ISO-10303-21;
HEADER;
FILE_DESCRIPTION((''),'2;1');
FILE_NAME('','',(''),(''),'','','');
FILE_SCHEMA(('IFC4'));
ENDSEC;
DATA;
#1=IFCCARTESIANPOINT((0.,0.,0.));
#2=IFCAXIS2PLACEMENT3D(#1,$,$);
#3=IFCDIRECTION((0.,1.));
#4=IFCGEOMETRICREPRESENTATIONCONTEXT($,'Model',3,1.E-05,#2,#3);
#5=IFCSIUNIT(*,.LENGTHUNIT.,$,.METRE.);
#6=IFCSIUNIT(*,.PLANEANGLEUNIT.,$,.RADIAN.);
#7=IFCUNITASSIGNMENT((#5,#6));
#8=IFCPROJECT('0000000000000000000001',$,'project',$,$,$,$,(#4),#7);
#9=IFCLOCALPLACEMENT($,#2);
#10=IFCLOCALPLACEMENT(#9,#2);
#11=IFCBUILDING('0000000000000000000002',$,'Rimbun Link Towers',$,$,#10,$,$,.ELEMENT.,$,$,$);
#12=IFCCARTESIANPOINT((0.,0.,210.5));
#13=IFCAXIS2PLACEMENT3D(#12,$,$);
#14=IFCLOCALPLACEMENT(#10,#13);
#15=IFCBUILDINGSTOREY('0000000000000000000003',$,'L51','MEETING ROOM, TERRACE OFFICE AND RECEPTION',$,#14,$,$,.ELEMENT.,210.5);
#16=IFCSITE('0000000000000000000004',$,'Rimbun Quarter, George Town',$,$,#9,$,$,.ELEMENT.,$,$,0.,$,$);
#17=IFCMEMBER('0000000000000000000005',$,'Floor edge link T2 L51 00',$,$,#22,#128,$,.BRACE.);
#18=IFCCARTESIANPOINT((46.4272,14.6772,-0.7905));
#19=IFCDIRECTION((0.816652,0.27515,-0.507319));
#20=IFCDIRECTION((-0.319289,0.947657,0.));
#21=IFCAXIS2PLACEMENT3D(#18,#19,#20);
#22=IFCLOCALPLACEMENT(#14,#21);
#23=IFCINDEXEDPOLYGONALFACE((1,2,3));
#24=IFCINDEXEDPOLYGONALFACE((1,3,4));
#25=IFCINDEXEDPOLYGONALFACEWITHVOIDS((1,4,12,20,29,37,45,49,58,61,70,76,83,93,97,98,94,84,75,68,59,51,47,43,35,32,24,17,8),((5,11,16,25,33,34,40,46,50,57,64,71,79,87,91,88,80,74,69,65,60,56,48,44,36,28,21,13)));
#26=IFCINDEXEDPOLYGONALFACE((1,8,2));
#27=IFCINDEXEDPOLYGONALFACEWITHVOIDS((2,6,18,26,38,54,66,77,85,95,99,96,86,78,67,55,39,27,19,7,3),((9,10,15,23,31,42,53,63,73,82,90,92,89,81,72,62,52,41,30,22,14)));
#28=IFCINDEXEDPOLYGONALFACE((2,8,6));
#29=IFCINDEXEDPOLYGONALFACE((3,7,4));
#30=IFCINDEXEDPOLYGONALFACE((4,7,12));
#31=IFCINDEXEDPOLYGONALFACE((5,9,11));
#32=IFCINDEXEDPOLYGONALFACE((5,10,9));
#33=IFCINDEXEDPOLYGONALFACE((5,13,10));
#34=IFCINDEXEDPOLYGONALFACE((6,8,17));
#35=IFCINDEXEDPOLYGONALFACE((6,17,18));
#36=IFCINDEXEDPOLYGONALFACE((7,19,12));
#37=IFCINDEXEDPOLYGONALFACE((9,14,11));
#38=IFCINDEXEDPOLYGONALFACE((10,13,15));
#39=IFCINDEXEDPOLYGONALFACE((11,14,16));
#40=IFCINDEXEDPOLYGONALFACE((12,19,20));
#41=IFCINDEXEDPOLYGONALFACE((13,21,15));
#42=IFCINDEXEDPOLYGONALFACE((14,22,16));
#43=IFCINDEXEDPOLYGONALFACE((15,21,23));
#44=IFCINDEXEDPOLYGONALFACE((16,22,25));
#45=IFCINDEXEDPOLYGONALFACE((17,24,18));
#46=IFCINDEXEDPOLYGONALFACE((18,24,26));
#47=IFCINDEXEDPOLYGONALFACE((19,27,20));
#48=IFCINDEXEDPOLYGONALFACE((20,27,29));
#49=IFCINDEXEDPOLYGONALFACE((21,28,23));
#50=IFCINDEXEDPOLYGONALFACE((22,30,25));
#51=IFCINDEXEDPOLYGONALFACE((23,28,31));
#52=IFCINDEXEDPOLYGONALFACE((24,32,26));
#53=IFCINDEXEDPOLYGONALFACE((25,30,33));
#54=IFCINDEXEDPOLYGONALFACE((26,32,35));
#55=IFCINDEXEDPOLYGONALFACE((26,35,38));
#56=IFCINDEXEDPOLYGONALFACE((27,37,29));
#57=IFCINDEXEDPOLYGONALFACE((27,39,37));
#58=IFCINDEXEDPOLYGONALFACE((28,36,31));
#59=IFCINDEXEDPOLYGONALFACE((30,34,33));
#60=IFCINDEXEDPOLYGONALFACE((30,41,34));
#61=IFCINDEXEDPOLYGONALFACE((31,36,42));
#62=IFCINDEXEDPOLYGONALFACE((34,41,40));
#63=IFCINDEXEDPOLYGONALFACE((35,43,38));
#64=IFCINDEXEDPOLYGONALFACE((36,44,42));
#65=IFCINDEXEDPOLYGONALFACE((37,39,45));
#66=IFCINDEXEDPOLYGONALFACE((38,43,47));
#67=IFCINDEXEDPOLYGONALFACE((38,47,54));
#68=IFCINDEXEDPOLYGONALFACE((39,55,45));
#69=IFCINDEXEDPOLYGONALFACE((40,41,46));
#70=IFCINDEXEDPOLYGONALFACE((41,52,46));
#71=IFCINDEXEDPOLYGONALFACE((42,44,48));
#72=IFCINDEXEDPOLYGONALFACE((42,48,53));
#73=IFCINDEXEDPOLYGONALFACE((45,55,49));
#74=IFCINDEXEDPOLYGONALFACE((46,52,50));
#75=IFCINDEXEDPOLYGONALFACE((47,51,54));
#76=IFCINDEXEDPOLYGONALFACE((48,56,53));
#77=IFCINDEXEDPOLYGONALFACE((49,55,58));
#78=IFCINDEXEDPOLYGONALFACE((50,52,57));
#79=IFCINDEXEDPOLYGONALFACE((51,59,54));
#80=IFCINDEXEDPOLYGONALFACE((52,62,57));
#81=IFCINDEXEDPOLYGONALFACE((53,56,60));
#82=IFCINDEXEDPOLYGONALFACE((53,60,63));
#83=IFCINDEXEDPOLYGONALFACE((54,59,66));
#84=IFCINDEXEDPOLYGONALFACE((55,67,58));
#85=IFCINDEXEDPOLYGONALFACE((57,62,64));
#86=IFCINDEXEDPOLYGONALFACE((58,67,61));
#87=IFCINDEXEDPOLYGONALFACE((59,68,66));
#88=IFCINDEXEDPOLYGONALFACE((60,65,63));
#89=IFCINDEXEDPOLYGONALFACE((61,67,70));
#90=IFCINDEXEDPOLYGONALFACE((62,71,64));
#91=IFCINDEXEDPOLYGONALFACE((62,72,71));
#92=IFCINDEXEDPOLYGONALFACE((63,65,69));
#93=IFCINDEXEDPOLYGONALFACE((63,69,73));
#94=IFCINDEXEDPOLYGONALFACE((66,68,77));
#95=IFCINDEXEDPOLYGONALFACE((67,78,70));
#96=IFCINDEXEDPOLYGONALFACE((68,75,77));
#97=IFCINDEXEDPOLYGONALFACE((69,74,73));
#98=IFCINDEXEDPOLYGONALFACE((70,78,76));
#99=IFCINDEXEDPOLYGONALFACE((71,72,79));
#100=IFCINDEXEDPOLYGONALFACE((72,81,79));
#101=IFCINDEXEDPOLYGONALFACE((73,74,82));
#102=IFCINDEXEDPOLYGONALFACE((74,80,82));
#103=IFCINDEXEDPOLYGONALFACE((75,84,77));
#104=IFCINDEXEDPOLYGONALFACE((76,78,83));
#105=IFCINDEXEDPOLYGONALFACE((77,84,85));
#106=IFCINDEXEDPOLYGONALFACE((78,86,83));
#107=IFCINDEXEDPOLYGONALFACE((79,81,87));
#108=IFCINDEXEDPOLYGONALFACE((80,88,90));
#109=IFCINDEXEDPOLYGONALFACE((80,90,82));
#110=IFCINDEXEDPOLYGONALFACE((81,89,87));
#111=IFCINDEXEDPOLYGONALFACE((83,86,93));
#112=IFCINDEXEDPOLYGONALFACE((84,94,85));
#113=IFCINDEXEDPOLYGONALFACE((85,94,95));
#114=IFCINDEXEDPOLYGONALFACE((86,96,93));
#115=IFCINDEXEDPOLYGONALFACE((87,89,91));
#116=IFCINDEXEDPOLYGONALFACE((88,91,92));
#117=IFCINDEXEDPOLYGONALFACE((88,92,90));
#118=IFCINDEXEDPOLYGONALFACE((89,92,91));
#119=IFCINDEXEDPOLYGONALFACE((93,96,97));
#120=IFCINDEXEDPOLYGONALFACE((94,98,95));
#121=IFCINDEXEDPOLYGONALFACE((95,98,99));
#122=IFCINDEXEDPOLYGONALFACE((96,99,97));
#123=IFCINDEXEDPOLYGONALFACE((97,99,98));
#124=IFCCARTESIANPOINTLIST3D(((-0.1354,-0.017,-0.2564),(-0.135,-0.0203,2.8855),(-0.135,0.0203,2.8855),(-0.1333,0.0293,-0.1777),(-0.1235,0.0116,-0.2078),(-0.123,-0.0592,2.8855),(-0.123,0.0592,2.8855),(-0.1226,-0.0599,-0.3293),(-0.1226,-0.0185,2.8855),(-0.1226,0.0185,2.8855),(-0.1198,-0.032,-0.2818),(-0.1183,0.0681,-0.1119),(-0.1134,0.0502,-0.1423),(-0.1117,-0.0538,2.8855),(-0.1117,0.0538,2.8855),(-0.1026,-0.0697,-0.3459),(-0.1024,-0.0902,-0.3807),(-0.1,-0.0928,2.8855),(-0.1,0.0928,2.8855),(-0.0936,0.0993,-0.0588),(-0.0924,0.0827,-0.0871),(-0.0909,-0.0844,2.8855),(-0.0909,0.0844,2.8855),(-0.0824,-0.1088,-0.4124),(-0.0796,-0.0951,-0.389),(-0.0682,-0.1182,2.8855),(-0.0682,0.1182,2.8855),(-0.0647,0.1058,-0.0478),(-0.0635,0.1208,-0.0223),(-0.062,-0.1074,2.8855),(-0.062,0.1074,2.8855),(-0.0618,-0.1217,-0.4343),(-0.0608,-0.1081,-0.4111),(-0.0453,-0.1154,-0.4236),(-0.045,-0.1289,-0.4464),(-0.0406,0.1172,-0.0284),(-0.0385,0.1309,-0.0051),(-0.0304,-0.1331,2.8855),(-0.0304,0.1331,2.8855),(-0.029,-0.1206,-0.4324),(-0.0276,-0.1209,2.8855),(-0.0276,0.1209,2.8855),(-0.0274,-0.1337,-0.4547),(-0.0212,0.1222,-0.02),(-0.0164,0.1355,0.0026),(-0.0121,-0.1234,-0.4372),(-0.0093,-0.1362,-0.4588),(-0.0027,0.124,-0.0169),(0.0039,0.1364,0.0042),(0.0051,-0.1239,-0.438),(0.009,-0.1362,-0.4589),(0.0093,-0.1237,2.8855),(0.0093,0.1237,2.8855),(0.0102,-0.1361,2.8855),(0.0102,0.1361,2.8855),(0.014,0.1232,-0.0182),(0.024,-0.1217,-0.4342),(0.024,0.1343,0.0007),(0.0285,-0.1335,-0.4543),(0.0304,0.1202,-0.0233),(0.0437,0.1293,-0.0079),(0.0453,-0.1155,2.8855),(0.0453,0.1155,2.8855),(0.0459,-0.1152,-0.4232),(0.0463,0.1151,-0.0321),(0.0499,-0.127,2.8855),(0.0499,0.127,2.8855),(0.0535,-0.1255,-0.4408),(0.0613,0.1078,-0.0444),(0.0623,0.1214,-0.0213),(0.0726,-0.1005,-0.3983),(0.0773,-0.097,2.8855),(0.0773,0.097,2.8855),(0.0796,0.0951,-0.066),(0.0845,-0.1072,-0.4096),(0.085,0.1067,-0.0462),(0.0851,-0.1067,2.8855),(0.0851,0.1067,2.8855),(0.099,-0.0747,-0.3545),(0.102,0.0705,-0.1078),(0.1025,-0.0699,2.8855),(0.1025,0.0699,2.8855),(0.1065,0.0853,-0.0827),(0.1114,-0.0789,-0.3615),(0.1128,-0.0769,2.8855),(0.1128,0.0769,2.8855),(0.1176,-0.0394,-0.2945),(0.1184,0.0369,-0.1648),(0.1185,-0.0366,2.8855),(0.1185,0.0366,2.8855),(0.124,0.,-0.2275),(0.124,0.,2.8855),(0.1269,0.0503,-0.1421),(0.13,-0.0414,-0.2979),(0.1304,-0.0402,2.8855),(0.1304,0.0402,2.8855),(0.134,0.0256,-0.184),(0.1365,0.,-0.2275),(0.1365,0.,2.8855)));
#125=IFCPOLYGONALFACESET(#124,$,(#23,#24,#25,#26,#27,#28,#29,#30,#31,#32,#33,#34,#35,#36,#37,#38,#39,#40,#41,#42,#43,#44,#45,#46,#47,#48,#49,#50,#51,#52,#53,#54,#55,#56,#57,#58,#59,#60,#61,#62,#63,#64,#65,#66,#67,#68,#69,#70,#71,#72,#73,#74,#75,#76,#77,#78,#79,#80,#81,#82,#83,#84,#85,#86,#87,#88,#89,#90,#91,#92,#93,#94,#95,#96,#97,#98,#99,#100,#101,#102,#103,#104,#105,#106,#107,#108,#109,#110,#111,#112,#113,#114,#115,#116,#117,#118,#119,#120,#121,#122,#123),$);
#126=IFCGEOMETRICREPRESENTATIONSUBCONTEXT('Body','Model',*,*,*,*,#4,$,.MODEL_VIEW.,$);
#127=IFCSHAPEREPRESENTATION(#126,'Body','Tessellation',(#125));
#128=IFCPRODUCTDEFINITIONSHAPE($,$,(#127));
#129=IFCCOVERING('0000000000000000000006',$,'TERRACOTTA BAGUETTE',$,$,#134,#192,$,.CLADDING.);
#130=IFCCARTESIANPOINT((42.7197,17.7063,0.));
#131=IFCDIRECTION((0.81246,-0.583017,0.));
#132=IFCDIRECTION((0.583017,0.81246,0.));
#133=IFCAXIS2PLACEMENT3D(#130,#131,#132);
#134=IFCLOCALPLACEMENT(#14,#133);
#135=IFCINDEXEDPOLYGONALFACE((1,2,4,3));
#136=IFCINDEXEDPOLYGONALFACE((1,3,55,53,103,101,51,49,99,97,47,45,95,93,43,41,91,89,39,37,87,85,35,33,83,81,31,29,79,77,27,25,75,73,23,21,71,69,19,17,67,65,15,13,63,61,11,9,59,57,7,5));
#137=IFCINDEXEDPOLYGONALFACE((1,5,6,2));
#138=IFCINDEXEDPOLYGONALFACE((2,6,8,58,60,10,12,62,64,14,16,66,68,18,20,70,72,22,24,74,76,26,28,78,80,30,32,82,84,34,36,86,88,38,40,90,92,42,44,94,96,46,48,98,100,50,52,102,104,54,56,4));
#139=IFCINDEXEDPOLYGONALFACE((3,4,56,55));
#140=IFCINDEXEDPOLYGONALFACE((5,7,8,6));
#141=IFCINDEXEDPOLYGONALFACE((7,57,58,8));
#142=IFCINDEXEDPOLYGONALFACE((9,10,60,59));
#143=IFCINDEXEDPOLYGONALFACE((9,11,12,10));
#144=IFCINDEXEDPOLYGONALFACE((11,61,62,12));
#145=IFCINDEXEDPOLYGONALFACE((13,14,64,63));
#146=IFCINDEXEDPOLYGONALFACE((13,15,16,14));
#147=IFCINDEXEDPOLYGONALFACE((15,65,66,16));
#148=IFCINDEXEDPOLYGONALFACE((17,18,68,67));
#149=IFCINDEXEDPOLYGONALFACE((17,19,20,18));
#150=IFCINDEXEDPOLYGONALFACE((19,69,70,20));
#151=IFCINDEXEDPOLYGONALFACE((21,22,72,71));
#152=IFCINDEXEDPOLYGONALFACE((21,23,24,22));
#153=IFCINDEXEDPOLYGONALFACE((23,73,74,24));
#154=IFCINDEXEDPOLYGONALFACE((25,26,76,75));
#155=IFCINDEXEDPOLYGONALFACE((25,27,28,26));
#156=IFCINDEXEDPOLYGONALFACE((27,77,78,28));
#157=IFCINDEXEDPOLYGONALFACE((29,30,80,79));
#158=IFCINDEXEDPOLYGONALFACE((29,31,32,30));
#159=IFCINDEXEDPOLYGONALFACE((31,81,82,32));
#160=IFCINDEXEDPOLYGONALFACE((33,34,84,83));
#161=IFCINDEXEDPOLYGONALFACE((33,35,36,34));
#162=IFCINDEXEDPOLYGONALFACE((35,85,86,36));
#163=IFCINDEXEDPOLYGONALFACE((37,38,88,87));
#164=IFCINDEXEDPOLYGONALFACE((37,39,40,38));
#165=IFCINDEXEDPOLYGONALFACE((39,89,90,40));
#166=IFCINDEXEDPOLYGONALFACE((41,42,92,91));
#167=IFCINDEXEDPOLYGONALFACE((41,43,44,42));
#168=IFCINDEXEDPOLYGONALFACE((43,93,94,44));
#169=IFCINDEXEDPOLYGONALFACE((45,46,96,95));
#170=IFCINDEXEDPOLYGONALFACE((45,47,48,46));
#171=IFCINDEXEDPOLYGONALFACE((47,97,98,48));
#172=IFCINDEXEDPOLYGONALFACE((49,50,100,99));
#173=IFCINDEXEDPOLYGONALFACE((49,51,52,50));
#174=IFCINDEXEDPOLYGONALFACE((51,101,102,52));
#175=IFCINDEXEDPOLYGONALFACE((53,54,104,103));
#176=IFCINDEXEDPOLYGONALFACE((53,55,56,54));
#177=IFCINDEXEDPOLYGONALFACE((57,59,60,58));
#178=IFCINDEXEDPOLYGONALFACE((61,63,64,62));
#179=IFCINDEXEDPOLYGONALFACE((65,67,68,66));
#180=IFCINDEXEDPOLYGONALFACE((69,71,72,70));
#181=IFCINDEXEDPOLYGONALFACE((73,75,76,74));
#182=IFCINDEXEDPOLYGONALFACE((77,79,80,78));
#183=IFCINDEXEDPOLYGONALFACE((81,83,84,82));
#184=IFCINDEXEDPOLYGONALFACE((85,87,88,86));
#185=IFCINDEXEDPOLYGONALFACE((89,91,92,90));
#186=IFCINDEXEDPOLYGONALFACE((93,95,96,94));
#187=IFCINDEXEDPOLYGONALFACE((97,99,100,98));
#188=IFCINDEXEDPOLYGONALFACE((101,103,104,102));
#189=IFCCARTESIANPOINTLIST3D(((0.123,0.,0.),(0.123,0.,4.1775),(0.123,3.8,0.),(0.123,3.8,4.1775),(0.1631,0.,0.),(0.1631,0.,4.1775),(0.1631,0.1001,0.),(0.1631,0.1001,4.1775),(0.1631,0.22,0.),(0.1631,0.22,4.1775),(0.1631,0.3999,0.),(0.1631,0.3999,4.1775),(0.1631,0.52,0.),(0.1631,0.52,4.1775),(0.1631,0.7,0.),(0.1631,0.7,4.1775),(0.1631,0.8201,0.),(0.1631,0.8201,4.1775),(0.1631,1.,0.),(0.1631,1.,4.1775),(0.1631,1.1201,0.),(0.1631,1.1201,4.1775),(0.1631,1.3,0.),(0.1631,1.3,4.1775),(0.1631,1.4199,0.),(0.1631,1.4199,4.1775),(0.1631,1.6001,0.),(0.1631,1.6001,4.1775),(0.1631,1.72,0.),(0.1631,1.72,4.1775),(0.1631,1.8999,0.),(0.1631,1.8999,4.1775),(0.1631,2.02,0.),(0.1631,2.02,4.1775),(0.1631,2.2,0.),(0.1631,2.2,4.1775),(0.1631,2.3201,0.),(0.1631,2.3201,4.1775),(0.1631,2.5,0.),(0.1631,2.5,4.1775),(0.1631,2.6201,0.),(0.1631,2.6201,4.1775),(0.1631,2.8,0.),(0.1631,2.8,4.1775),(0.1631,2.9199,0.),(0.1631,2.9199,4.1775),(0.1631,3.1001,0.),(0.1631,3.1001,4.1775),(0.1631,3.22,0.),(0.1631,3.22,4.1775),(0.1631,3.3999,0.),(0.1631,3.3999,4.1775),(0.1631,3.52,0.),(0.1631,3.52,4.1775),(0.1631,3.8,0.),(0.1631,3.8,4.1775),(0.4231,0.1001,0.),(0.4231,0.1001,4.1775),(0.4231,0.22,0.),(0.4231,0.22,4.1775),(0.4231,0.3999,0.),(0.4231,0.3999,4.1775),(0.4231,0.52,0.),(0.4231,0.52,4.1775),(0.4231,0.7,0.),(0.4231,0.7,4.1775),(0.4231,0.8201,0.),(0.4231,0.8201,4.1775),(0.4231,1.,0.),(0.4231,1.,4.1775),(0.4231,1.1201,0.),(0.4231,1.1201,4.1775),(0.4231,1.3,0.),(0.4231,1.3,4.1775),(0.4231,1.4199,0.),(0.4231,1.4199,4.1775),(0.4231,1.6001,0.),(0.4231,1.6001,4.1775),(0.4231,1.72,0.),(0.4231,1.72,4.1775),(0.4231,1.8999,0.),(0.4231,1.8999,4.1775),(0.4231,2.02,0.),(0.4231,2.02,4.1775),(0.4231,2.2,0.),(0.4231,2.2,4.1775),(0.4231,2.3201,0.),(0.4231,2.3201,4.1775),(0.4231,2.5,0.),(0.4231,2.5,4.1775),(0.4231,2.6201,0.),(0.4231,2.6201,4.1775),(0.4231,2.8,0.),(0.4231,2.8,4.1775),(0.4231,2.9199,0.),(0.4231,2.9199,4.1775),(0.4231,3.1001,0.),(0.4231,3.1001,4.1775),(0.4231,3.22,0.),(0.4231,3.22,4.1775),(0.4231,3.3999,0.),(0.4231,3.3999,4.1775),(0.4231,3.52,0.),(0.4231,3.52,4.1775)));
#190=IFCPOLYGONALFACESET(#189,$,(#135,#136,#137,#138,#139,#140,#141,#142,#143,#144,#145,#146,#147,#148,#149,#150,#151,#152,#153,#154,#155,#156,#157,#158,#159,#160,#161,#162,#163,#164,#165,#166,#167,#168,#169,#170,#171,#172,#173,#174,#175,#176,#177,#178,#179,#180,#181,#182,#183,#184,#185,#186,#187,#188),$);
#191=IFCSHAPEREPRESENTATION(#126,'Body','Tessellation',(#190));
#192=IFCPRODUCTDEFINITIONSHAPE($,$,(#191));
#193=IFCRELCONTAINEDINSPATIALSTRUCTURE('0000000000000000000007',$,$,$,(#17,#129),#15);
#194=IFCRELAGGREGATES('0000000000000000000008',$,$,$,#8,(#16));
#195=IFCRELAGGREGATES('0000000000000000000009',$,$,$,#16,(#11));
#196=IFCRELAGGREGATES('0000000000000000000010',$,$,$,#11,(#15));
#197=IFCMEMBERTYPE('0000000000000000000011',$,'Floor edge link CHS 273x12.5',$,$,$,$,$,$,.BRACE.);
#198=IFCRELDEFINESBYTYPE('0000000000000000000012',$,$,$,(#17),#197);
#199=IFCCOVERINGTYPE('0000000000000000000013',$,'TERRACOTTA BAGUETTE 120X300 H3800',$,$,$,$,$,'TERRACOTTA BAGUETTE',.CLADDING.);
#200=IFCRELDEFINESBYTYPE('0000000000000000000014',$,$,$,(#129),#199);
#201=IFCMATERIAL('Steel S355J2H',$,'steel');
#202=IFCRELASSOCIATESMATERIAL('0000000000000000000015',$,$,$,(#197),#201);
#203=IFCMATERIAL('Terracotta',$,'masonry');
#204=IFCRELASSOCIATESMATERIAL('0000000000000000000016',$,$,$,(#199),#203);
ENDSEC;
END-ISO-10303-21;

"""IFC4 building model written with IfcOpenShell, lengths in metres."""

from ifc_helpers import new_model, si_unit, direction, frame, origin, origin_2d, place, context, subcontext, project, spatial, polyline, hollow_circle, outline, extrude, clip, halfspace, material, material_profile, profile_set, type_object, element, save


model = new_model("IFC4")

# Units and contexts
model_context = context("Model", 3, precision=1e-05, world=origin(), true_north=direction((0.0, 1.0)))
body_context = subcontext(model_context, "Body", "Model", "MODEL_VIEW")
ifc_project = project(units=[si_unit("LENGTHUNIT", "METRE"), si_unit("PLANEANGLEUNIT", "RADIAN")], contexts=[model_context])

# Site, building, storey
site_placement = place(None, origin())
site = spatial("IfcSite", under=ifc_project, at=site_placement, Name="Rimbun Quarter, George Town", CompositionType="ELEMENT", RefElevation=0.0)
building_placement = place(site_placement, origin())
building = spatial("IfcBuilding", under=site, at=building_placement, Name="Rimbun Link Towers", CompositionType="ELEMENT")
storey_placement = place(building_placement, frame((0.0, 0.0, 210.5)))
storey = spatial("IfcBuildingStorey", under=building, at=storey_placement, Name="L51", Description="MEETING ROOM, TERRACE OFFICE AND RECEPTION", CompositionType="ELEMENT", Elevation=210.5)

# Member
ifc_material_1 = material(Name="Steel S355J2H", Category="steel")
ifc_material_profile_1 = material_profile(ifc_material_1, hollow_circle(Radius=0.1365, WallThickness=0.0125, at=origin_2d()), Name="CHS 273x12.5")
ifc_profile_set_1 = profile_set([ifc_material_profile_1], Name="Steel S355J2H")
member_type_1 = type_object("IfcMemberType", Name="Floor edge link CHS 273x12.5", PredefinedType="BRACE", material=ifc_profile_set_1)
member_1_placement = place(storey_placement, frame((46.4272, 14.6772, -0.7905), z_axis=(0.816652, 0.27515, -0.507319), x_axis=(-0.319289, 0.947657, 0.0)))
element("IfcMember", 1, at=member_1_placement, inside=storey, type_object=member_type_1, Name="Floor edge link T2 L51 00", PredefinedType="BRACE", context=body_context, shape_type="Clipping", body=[
    clip(extrude(hollow_circle(Radius=0.1365, WallThickness=0.0125, at=origin_2d()), frame((0.0, 0.0, -0.4834)), (0.0, 0.0, 1.0), 3.3689), halfspace(frame((0.0, 0.0, -0.2275), z_axis=(0.0, 0.861758, -0.507319)), False)),
])

# Covering
ifc_material_2 = material(Name="Terracotta", Category="masonry")
ifc_material_profile_2 = material_profile(ifc_material_2, outline(polyline([(0.123, 0.0), (0.1631, 0.0), (0.1631, 0.1001), (0.4231, 0.1001), (0.4231, 0.22), (0.1631, 0.22), (0.1631, 0.3999), (0.4231, 0.3999), (0.4231, 0.52), (0.1631, 0.52), (0.1631, 0.7), (0.4231, 0.7), (0.4231, 0.8201), (0.1631, 0.8201), (0.1631, 1.0), (0.4231, 1.0), (0.4231, 1.1201), (0.1631, 1.1201), (0.1631, 1.3), (0.4231, 1.3), (0.4231, 1.4199), (0.1631, 1.4199), (0.1631, 1.6001), (0.4231, 1.6001), (0.4231, 1.72), (0.1631, 1.72), (0.1631, 1.8999), (0.4231, 1.8999), (0.4231, 2.02), (0.1631, 2.02), (0.1631, 2.2), (0.4231, 2.2), (0.4231, 2.3201), (0.1631, 2.3201), (0.1631, 2.5), (0.4231, 2.5), (0.4231, 2.6201), (0.1631, 2.6201), (0.1631, 2.8), (0.4231, 2.8), (0.4231, 2.9199), (0.1631, 2.9199), (0.1631, 3.1001), (0.4231, 3.1001), (0.4231, 3.22), (0.1631, 3.22), (0.1631, 3.3999), (0.4231, 3.3999), (0.4231, 3.52), (0.1631, 3.52), (0.1631, 3.8), (0.123, 3.8), (0.123, 0.0)])), Name="BAGUETTE 120X300")
ifc_profile_set_2 = profile_set([ifc_material_profile_2], Name="Terracotta")
covering_type = type_object("IfcCoveringType", Name="TERRACOTTA BAGUETTE 120X300 H3800", ElementType="TERRACOTTA BAGUETTE", PredefinedType="CLADDING", material=ifc_profile_set_2)
covering_1_placement = place(storey_placement, frame((42.7197, 17.7063, 0.0), z_axis=(0.81246, -0.583017, 0.0), x_axis=(0.583017, 0.81246, 0.0)))
element("IfcCovering", 2, at=covering_1_placement, inside=storey, type_object=covering_type, Name="TERRACOTTA BAGUETTE", PredefinedType="CLADDING", context=body_context, shape_type="SweptSolid", body=[
    extrude(outline(polyline([(0.123, 0.0), (0.1631, 0.0), (0.1631, 0.1001), (0.4231, 0.1001), (0.4231, 0.22), (0.1631, 0.22), (0.1631, 0.3999), (0.4231, 0.3999), (0.4231, 0.52), (0.1631, 0.52), (0.1631, 0.7), (0.4231, 0.7), (0.4231, 0.8201), (0.1631, 0.8201), (0.1631, 1.0), (0.4231, 1.0), (0.4231, 1.1201), (0.1631, 1.1201), (0.1631, 1.3), (0.4231, 1.3), (0.4231, 1.4199), (0.1631, 1.4199), (0.1631, 1.6001), (0.4231, 1.6001), (0.4231, 1.72), (0.1631, 1.72), (0.1631, 1.8999), (0.4231, 1.8999), (0.4231, 2.02), (0.1631, 2.02), (0.1631, 2.2), (0.4231, 2.2), (0.4231, 2.3201), (0.1631, 2.3201), (0.1631, 2.5), (0.4231, 2.5), (0.4231, 2.6201), (0.1631, 2.6201), (0.1631, 2.8), (0.4231, 2.8), (0.4231, 2.9199), (0.1631, 2.9199), (0.1631, 3.1001), (0.4231, 3.1001), (0.4231, 3.22), (0.1631, 3.22), (0.1631, 3.3999), (0.4231, 3.3999), (0.4231, 3.52), (0.1631, 3.52), (0.1631, 3.8), (0.123, 3.8), (0.123, 0.0)])), origin(), (0.0, 0.0, 1.0), 4.1775),
])

save(model, "model.ifc")
